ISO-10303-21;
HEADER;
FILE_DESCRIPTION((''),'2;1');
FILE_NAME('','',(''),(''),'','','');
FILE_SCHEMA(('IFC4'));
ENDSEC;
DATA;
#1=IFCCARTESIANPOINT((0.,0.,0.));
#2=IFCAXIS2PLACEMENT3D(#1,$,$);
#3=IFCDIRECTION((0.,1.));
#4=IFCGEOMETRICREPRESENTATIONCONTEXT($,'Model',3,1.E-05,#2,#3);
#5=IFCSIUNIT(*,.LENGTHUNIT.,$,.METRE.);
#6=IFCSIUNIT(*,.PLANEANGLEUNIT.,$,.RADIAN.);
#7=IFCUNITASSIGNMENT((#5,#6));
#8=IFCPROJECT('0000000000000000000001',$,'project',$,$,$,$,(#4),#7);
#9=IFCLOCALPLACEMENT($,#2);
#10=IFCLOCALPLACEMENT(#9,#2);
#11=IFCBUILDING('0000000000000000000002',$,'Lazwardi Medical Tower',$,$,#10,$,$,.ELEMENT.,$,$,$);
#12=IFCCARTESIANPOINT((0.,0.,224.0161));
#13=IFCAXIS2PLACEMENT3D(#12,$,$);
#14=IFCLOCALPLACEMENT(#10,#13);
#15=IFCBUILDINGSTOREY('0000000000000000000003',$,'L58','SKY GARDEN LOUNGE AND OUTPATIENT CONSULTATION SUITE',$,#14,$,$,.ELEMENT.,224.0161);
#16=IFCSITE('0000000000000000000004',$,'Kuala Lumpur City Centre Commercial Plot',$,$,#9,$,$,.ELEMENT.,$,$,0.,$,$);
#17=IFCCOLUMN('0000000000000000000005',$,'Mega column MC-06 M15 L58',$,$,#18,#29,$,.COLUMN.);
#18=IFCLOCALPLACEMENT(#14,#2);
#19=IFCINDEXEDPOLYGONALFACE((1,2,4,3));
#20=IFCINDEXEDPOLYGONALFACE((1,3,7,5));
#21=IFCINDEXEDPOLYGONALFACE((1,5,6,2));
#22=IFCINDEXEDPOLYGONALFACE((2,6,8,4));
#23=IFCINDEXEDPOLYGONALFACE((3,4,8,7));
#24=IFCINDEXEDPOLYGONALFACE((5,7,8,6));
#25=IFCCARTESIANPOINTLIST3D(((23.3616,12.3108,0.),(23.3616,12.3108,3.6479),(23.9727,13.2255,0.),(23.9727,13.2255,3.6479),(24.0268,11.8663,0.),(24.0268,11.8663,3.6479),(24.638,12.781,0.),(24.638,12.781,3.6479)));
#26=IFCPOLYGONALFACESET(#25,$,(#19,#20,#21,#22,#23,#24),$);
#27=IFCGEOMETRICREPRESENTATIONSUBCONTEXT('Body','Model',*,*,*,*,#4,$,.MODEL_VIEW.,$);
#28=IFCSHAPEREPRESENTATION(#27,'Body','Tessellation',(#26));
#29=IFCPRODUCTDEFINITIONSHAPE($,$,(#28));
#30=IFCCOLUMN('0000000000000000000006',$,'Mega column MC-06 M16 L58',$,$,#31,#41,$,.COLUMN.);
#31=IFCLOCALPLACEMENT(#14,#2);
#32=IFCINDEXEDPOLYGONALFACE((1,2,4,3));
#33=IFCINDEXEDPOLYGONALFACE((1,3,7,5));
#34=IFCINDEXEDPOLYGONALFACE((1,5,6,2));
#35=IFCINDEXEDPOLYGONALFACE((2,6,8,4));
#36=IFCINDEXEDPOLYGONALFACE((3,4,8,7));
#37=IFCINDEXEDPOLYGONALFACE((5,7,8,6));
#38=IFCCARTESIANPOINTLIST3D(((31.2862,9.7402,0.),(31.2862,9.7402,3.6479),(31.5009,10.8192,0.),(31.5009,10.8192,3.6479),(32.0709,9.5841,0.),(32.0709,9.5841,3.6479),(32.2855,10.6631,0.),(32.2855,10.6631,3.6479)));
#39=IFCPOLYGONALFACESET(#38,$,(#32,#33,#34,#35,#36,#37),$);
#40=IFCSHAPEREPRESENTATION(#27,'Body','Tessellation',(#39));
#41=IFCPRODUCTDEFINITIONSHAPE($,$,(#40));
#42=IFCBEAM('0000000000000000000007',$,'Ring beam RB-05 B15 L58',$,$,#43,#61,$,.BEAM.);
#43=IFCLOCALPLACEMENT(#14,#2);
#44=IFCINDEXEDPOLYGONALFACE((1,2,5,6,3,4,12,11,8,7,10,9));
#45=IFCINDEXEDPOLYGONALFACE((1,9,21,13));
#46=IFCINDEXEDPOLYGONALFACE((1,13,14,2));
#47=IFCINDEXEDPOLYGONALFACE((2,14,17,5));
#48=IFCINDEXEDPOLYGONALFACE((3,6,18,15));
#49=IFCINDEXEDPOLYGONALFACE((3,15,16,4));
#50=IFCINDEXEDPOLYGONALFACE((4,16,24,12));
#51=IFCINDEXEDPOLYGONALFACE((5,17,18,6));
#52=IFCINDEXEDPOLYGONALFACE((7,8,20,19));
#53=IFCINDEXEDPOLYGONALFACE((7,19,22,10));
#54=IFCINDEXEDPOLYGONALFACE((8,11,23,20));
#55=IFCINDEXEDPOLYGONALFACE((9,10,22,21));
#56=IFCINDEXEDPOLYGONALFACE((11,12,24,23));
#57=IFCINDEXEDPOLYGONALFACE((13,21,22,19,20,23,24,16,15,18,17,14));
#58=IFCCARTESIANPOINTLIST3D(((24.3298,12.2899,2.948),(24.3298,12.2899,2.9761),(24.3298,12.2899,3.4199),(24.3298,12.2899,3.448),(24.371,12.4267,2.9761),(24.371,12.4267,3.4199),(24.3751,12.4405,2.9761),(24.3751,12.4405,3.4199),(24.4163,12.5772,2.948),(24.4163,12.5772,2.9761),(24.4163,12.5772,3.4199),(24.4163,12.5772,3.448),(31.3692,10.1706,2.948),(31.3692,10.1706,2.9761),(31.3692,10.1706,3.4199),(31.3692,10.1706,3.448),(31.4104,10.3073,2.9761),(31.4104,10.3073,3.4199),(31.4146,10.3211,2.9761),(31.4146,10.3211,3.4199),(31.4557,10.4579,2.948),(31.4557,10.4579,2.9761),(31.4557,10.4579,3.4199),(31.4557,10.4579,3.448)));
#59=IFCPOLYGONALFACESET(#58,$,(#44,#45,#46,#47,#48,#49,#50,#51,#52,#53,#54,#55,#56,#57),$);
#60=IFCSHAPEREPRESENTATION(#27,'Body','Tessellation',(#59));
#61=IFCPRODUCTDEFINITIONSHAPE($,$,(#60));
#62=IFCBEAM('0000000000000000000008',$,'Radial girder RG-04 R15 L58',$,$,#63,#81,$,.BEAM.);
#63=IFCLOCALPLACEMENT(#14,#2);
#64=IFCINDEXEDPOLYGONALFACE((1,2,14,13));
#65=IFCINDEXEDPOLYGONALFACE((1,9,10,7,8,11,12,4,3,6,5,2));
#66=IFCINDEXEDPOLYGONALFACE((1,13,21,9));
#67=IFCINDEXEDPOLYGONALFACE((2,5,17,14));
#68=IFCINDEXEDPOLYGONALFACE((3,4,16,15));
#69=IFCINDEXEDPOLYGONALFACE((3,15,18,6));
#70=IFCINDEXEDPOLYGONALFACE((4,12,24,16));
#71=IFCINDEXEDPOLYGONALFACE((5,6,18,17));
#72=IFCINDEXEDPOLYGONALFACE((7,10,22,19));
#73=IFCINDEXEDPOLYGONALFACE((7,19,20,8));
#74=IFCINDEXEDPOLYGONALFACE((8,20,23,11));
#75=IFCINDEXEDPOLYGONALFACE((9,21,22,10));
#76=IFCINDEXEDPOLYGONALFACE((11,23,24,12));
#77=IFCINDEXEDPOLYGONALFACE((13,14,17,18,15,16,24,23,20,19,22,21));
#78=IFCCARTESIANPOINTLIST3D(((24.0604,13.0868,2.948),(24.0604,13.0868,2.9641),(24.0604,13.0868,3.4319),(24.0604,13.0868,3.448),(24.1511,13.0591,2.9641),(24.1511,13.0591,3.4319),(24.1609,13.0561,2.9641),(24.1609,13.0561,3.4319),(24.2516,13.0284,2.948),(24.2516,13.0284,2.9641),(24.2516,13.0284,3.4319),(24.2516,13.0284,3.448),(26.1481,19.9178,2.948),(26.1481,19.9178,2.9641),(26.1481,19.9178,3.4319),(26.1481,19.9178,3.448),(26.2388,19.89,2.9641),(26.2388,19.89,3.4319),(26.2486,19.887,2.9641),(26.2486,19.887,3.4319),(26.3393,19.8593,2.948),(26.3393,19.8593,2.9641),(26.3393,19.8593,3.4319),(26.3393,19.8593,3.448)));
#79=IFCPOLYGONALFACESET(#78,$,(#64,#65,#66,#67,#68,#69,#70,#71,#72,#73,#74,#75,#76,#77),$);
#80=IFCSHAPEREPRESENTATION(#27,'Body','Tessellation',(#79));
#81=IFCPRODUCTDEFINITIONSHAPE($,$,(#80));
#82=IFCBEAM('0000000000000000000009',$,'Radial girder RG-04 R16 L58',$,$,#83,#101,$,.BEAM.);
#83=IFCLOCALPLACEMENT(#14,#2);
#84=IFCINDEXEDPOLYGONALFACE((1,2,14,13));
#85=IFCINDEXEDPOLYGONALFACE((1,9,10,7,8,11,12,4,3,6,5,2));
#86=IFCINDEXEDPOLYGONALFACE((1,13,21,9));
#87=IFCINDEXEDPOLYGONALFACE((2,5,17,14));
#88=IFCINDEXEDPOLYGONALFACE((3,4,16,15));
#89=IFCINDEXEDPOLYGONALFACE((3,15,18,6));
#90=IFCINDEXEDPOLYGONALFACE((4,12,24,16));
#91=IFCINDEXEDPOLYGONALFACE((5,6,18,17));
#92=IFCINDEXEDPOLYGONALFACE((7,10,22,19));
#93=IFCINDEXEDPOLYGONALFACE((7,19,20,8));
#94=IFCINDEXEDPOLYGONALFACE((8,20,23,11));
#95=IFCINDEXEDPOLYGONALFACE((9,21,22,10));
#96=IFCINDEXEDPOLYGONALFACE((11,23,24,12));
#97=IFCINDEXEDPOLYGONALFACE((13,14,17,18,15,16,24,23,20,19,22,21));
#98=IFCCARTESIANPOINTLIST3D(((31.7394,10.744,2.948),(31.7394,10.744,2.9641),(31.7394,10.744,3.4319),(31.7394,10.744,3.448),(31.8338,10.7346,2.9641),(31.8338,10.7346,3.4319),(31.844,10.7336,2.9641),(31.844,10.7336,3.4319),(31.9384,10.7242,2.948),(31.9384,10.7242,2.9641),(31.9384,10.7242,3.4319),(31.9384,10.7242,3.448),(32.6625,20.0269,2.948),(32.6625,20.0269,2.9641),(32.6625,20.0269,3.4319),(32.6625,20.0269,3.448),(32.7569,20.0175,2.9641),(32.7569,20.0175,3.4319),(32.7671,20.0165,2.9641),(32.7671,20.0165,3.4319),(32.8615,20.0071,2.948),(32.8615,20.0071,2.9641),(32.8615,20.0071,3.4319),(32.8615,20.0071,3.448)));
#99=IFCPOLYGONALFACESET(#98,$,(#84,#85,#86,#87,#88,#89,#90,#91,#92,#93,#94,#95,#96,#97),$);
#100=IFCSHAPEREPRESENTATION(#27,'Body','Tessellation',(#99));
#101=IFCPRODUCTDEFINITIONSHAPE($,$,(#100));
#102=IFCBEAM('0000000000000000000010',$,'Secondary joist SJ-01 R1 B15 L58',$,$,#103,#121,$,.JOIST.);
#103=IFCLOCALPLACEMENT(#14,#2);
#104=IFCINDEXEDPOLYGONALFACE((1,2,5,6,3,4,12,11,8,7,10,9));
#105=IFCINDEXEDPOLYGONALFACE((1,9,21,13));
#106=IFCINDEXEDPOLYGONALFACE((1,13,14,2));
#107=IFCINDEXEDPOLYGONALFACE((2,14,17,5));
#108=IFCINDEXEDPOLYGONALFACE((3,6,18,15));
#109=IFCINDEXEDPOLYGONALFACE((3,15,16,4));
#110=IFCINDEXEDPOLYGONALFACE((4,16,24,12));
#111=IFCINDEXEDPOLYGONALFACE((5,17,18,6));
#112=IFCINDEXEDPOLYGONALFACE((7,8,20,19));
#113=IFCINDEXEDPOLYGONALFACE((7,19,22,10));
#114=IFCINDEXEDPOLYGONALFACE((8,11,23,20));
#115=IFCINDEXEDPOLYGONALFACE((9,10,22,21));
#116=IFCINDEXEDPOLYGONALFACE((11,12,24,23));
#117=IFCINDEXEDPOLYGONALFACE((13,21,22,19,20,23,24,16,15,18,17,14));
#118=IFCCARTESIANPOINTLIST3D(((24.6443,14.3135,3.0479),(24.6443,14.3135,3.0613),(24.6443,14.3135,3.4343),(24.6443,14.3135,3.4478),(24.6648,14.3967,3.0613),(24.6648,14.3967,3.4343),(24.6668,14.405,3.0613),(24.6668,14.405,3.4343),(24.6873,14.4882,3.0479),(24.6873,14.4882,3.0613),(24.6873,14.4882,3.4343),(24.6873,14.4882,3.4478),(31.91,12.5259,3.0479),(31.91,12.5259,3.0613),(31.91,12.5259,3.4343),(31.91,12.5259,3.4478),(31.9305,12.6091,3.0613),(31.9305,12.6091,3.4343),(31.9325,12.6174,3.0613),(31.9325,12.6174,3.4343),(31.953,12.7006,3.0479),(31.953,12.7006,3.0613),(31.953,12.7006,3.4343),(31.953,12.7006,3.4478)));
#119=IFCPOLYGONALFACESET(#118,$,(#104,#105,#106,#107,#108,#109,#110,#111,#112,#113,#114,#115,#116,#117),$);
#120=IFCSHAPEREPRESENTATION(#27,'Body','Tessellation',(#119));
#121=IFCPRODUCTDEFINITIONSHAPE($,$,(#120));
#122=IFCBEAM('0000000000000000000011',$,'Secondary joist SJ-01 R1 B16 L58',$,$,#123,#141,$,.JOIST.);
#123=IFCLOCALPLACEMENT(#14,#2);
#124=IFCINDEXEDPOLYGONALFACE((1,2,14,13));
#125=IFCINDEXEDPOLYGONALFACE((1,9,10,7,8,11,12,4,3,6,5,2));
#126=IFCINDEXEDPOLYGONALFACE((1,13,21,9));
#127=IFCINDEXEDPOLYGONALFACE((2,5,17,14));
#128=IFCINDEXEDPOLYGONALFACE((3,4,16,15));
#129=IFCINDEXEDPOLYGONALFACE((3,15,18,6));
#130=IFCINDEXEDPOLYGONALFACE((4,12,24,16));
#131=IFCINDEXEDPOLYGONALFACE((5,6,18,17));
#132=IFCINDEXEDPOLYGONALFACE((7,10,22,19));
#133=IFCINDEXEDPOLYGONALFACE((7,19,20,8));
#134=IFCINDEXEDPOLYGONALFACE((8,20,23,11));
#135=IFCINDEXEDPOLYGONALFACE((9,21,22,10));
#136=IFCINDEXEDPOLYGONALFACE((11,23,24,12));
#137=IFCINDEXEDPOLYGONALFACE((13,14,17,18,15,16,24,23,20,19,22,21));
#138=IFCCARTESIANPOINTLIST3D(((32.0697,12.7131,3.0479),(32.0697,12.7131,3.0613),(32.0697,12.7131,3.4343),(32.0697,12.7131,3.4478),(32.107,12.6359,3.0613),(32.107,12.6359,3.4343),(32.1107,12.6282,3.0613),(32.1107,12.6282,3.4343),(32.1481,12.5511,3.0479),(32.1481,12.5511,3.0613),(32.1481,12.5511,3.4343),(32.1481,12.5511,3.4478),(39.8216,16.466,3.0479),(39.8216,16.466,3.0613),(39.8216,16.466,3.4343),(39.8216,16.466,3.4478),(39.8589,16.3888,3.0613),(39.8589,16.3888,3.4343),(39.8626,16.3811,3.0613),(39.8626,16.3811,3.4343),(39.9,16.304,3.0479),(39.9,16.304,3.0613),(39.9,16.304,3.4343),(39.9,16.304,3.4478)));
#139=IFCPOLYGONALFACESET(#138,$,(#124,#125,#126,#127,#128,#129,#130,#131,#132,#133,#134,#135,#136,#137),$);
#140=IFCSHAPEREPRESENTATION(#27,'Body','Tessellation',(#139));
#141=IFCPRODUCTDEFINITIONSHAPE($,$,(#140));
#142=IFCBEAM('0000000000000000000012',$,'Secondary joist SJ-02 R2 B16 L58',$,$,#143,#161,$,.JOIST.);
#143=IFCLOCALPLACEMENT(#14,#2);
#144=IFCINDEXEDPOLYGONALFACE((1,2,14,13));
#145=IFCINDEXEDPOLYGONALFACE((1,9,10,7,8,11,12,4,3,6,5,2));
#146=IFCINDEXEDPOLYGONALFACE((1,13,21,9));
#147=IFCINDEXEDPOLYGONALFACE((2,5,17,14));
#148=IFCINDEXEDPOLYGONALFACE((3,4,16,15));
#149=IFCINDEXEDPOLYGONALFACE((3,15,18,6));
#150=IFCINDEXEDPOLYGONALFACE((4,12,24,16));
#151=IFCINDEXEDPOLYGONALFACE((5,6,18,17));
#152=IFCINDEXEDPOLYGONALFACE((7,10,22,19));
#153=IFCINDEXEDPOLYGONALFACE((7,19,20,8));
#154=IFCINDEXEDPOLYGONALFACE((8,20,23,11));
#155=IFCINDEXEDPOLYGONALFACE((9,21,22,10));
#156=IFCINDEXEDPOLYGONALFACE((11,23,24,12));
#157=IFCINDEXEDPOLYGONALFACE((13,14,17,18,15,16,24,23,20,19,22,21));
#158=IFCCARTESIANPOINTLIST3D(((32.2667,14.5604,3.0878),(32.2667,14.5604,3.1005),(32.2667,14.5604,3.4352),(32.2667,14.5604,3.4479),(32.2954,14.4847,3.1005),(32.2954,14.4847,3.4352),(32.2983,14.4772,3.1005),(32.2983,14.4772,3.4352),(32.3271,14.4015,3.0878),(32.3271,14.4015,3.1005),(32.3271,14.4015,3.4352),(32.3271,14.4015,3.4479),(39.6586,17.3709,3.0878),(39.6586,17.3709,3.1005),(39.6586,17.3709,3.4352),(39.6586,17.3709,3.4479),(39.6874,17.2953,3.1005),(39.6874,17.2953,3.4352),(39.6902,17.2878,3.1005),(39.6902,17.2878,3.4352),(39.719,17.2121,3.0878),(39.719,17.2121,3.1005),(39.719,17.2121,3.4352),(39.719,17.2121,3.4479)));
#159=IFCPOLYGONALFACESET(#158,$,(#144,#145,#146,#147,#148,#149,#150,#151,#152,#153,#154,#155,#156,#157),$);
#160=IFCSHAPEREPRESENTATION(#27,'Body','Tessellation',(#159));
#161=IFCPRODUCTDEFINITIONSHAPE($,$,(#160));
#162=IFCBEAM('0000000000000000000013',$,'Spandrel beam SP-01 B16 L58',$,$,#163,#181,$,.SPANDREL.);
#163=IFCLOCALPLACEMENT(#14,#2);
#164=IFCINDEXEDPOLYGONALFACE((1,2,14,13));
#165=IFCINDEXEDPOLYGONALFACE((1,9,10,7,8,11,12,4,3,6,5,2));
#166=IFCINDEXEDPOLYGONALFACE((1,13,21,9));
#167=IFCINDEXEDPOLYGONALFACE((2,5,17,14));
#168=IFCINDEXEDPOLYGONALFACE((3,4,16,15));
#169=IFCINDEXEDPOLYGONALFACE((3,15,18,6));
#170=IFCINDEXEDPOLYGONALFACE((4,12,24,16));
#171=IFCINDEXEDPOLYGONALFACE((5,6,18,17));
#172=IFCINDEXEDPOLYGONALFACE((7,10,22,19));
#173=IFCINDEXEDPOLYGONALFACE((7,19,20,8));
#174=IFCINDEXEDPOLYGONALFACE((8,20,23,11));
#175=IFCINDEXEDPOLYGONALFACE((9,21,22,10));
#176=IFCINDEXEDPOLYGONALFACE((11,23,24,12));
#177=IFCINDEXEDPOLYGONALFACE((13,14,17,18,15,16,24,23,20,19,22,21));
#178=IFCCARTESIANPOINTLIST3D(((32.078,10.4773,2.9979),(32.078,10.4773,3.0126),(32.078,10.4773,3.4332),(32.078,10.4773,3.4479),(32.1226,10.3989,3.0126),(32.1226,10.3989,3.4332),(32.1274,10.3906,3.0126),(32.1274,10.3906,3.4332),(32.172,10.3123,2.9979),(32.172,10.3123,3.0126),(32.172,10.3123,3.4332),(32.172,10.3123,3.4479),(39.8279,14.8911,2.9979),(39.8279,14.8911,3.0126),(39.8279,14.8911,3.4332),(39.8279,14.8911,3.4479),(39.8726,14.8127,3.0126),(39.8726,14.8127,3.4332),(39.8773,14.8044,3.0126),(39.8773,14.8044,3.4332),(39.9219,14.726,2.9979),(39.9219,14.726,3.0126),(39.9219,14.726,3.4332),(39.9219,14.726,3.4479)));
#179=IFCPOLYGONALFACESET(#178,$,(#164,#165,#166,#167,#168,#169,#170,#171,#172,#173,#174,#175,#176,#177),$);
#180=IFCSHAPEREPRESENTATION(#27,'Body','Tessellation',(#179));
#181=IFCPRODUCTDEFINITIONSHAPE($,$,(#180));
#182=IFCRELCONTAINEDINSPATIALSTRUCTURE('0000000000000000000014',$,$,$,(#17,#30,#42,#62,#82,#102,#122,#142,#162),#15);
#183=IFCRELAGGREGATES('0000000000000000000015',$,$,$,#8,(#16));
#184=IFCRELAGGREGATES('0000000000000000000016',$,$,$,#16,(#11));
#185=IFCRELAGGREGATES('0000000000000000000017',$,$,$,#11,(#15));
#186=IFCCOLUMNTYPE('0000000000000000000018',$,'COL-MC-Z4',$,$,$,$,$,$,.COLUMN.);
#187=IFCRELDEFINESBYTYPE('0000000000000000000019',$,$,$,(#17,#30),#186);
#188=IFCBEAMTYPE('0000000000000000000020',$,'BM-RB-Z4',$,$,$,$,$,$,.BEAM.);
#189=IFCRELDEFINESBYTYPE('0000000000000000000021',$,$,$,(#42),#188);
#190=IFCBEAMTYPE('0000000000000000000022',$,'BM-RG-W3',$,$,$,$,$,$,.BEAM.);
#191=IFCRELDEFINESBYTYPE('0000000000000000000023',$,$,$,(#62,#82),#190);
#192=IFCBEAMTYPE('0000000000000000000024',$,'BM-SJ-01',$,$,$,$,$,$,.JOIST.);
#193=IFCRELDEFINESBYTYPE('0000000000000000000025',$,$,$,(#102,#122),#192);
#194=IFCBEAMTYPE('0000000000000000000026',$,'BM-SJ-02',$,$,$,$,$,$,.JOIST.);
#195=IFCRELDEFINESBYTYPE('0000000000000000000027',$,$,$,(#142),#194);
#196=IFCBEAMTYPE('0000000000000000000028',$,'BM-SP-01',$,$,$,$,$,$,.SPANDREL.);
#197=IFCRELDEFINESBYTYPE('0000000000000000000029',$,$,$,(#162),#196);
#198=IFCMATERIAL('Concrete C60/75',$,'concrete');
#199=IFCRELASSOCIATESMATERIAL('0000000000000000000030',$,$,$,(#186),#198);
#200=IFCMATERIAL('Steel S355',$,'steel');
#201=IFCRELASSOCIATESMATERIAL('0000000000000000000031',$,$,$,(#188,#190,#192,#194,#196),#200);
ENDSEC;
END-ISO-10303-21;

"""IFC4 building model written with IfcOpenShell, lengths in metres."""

from ifc_helpers import new_model, si_unit, direction, frame, origin, origin_2d, place, context, subcontext, project, spatial, rectangle, i_section, extrude, material, material_profile, profile_set, type_object, element, save


model = new_model("IFC4")

# Units and contexts
model_context = context("Model", 3, precision=1e-05, world=origin(), true_north=direction((0.0, 1.0)))
body_context = subcontext(model_context, "Body", "Model", "MODEL_VIEW")
ifc_project = project(units=[si_unit("LENGTHUNIT", "METRE"), si_unit("PLANEANGLEUNIT", "RADIAN")], contexts=[model_context])

# Site, building, storey
site_placement = place(None, origin())
site = spatial("IfcSite", under=ifc_project, at=site_placement, Name="Kuala Lumpur City Centre Commercial Plot", CompositionType="ELEMENT", RefElevation=0.0)
building_placement = place(site_placement, origin())
building = spatial("IfcBuilding", under=site, at=building_placement, Name="Lazwardi Medical Tower", CompositionType="ELEMENT")
storey_placement = place(building_placement, frame((0.0, 0.0, 224.0161)))
storey = spatial("IfcBuildingStorey", under=building, at=storey_placement, Name="L58", Description="SKY GARDEN LOUNGE AND OUTPATIENT CONSULTATION SUITE", CompositionType="ELEMENT", Elevation=224.0161)

# Columns
ifc_material_1 = material(Name="Concrete C60/75", Category="concrete")
ifc_material_profile_1 = material_profile(ifc_material_1, rectangle(XDim=1.1001, YDim=0.8, at=origin_2d()), Name="CFT-RECT 1100x800")
ifc_profile_set_1 = profile_set([ifc_material_profile_1], Name="Concrete C60/75")
column_type = type_object("IfcColumnType", Name="COL-MC-Z4", PredefinedType="COLUMN", material=ifc_profile_set_1)
for number, where, z_axis, x_axis, name in (
    (1, (23.9998, 12.5459, 0.0), (0.0, 0.0, 1.0), (-0.55557, -0.83147, 0.0), "Mega column MC-06 M15 L58"),
    (2, (31.7859, 10.2017, 0.0), (0.0, 0.0, 1.0), (-0.19509, -0.980785, 0.0), "Mega column MC-06 M16 L58"),
):
    element("IfcColumn", number, at=place(storey_placement, frame(where, z_axis=z_axis, x_axis=x_axis)), inside=storey, type_object=column_type, Name=name, PredefinedType="COLUMN", context=body_context, shape_type="SweptSolid", body=[
        extrude(rectangle(XDim=1.1001, YDim=0.8, at=origin_2d()), origin(), (0.0, 0.0, 1.0), 3.6479),
    ])

# Beams
ifc_material_2 = material(Name="Steel S355", Category="steel")
ifc_material_profile_2 = material_profile(ifc_material_2, i_section(OverallWidth=0.3, OverallDepth=0.5, WebThickness=0.0144, FlangeThickness=0.0281, at=origin_2d()), Name="HEB 500")
ifc_profile_set_2 = profile_set([ifc_material_profile_2], Name="Steel S355")
beam_type_1 = type_object("IfcBeamType", Name="BM-RB-Z4", PredefinedType="BEAM", material=ifc_profile_set_2)
beam_1_placement = place(storey_placement, frame((24.373, 12.4336, 3.198), z_axis=(0.957544, -0.288286, 0.0), x_axis=(0.288286, 0.957544, 0.0)))
element("IfcBeam", 3, at=beam_1_placement, inside=storey, type_object=beam_type_1, Name="Ring beam RB-05 B15 L58", PredefinedType="BEAM", context=body_context, shape_type="SweptSolid", body=[
    extrude(i_section(OverallWidth=0.3, OverallDepth=0.5, WebThickness=0.0144, FlangeThickness=0.0281, at=origin_2d()), origin(), (0.0, 0.0, 1.0), 7.3516),
])
ifc_material_profile_3 = material_profile(ifc_material_2, i_section(OverallWidth=0.2, OverallDepth=0.5, WebThickness=0.0103, FlangeThickness=0.0161, at=origin_2d()), Name="IPE 500")
ifc_profile_set_3 = profile_set([ifc_material_profile_3], Name="Steel S355")
beam_type_2 = type_object("IfcBeamType", Name="BM-RG-W3", PredefinedType="BEAM", material=ifc_profile_set_3)
beam_2_placement = place(storey_placement, frame((24.156, 13.0576, 3.198), z_axis=(0.292277, 0.956334, 0.0), x_axis=(-0.956334, 0.292277, 0.0)))
element("IfcBeam", 4, at=beam_2_placement, inside=storey, type_object=beam_type_2, Name="Radial girder RG-04 R15 L58", PredefinedType="BEAM", context=body_context, shape_type="SweptSolid", body=[
    extrude(i_section(OverallWidth=0.2, OverallDepth=0.5, WebThickness=0.0103, FlangeThickness=0.0161, at=origin_2d()), origin(), (0.0, 0.0, 1.0), 7.1428),
])
beam_3_placement = place(storey_placement, frame((31.8389, 10.7341, 3.198), z_axis=(0.098954, 0.995092, 0.0), x_axis=(-0.995092, 0.098954, 0.0)))
element("IfcBeam", 5, at=beam_3_placement, inside=storey, type_object=beam_type_2, Name="Radial girder RG-04 R16 L58", PredefinedType="BEAM", context=body_context, shape_type="SweptSolid", body=[
    extrude(i_section(OverallWidth=0.2, OverallDepth=0.5, WebThickness=0.0103, FlangeThickness=0.0161, at=origin_2d()), origin(), (0.0, 0.0, 1.0), 9.3286),
])
ifc_material_profile_4 = material_profile(ifc_material_2, i_section(OverallWidth=0.1799, OverallDepth=0.3999, WebThickness=0.0085, FlangeThickness=0.0134, at=origin_2d()), Name="IPE 400")
ifc_profile_set_4 = profile_set([ifc_material_profile_4], Name="Steel S355")
beam_type_3 = type_object("IfcBeamType", Name="BM-SJ-01", PredefinedType="JOIST", material=ifc_profile_set_4)
beam_4_placement = place(storey_placement, frame((24.6658, 14.4009, 3.2478), z_axis=(0.971042, -0.23891, 0.0), x_axis=(0.23891, 0.971042, 0.0)))
element("IfcBeam", 6, at=beam_4_placement, inside=storey, type_object=beam_type_3, Name="Secondary joist SJ-01 R1 B15 L58", PredefinedType="JOIST", context=body_context, shape_type="SweptSolid", body=[
    extrude(i_section(OverallWidth=0.1799, OverallDepth=0.3999, WebThickness=0.0085, FlangeThickness=0.0134, at=origin_2d()), origin(), (0.0, 0.0, 1.0), 7.4824),
])
beam_5_placement = place(storey_placement, frame((32.1089, 12.6321, 3.2478), z_axis=(0.900069, 0.435748, 0.0), x_axis=(-0.435748, 0.900069, 0.0)))
element("IfcBeam", 7, at=beam_5_placement, inside=storey, type_object=beam_type_3, Name="Secondary joist SJ-01 R1 B16 L58", PredefinedType="JOIST", context=body_context, shape_type="SweptSolid", body=[
    extrude(i_section(OverallWidth=0.1799, OverallDepth=0.3999, WebThickness=0.0085, FlangeThickness=0.0134, at=origin_2d()), origin(), (0.0, 0.0, 1.0), 8.6125),
])
ifc_material_profile_5 = material_profile(ifc_material_2, i_section(OverallWidth=0.1699, OverallDepth=0.3601, WebThickness=0.0081, FlangeThickness=0.0127, at=origin_2d()), Name="IPE 360")
ifc_profile_set_5 = profile_set([ifc_material_profile_5], Name="Steel S355")
beam_type_4 = type_object("IfcBeamType", Name="BM-SJ-02", PredefinedType="JOIST", material=ifc_profile_set_5)
beam_6_placement = place(storey_placement, frame((32.2969, 14.481, 3.2678), z_axis=(0.934714, 0.3554, 0.0), x_axis=(-0.3554, 0.934714, 0.0)))
element("IfcBeam", 8, at=beam_6_placement, inside=storey, type_object=beam_type_4, Name="Secondary joist SJ-02 R2 B16 L58", PredefinedType="JOIST", context=body_context, shape_type="SweptSolid", body=[
    extrude(i_section(OverallWidth=0.1699, OverallDepth=0.3601, WebThickness=0.0081, FlangeThickness=0.0127, at=origin_2d()), origin(), (0.0, 0.0, 1.0), 7.9082),
])
ifc_material_profile_6 = material_profile(ifc_material_2, i_section(OverallWidth=0.1899, OverallDepth=0.45, WebThickness=0.0095, FlangeThickness=0.0146, at=origin_2d()), Name="IPE 450")
ifc_profile_set_6 = profile_set([ifc_material_profile_6], Name="Steel S355")
beam_type_5 = type_object("IfcBeamType", Name="BM-SP-01", PredefinedType="SPANDREL", material=ifc_profile_set_6)
beam_7_placement = place(storey_placement, frame((32.125, 10.3948, 3.2229), z_axis=(0.868955, 0.494891, 0.0), x_axis=(-0.494891, 0.868955, 0.0)))
element("IfcBeam", 9, at=beam_7_placement, inside=storey, type_object=beam_type_5, Name="Spandrel beam SP-01 B16 L58", PredefinedType="SPANDREL", context=body_context, shape_type="SweptSolid", body=[
    extrude(i_section(OverallWidth=0.1899, OverallDepth=0.45, WebThickness=0.0095, FlangeThickness=0.0146, at=origin_2d()), origin(), (0.0, 0.0, 1.0), 8.9187),
])

save(model, "model.ifc")
